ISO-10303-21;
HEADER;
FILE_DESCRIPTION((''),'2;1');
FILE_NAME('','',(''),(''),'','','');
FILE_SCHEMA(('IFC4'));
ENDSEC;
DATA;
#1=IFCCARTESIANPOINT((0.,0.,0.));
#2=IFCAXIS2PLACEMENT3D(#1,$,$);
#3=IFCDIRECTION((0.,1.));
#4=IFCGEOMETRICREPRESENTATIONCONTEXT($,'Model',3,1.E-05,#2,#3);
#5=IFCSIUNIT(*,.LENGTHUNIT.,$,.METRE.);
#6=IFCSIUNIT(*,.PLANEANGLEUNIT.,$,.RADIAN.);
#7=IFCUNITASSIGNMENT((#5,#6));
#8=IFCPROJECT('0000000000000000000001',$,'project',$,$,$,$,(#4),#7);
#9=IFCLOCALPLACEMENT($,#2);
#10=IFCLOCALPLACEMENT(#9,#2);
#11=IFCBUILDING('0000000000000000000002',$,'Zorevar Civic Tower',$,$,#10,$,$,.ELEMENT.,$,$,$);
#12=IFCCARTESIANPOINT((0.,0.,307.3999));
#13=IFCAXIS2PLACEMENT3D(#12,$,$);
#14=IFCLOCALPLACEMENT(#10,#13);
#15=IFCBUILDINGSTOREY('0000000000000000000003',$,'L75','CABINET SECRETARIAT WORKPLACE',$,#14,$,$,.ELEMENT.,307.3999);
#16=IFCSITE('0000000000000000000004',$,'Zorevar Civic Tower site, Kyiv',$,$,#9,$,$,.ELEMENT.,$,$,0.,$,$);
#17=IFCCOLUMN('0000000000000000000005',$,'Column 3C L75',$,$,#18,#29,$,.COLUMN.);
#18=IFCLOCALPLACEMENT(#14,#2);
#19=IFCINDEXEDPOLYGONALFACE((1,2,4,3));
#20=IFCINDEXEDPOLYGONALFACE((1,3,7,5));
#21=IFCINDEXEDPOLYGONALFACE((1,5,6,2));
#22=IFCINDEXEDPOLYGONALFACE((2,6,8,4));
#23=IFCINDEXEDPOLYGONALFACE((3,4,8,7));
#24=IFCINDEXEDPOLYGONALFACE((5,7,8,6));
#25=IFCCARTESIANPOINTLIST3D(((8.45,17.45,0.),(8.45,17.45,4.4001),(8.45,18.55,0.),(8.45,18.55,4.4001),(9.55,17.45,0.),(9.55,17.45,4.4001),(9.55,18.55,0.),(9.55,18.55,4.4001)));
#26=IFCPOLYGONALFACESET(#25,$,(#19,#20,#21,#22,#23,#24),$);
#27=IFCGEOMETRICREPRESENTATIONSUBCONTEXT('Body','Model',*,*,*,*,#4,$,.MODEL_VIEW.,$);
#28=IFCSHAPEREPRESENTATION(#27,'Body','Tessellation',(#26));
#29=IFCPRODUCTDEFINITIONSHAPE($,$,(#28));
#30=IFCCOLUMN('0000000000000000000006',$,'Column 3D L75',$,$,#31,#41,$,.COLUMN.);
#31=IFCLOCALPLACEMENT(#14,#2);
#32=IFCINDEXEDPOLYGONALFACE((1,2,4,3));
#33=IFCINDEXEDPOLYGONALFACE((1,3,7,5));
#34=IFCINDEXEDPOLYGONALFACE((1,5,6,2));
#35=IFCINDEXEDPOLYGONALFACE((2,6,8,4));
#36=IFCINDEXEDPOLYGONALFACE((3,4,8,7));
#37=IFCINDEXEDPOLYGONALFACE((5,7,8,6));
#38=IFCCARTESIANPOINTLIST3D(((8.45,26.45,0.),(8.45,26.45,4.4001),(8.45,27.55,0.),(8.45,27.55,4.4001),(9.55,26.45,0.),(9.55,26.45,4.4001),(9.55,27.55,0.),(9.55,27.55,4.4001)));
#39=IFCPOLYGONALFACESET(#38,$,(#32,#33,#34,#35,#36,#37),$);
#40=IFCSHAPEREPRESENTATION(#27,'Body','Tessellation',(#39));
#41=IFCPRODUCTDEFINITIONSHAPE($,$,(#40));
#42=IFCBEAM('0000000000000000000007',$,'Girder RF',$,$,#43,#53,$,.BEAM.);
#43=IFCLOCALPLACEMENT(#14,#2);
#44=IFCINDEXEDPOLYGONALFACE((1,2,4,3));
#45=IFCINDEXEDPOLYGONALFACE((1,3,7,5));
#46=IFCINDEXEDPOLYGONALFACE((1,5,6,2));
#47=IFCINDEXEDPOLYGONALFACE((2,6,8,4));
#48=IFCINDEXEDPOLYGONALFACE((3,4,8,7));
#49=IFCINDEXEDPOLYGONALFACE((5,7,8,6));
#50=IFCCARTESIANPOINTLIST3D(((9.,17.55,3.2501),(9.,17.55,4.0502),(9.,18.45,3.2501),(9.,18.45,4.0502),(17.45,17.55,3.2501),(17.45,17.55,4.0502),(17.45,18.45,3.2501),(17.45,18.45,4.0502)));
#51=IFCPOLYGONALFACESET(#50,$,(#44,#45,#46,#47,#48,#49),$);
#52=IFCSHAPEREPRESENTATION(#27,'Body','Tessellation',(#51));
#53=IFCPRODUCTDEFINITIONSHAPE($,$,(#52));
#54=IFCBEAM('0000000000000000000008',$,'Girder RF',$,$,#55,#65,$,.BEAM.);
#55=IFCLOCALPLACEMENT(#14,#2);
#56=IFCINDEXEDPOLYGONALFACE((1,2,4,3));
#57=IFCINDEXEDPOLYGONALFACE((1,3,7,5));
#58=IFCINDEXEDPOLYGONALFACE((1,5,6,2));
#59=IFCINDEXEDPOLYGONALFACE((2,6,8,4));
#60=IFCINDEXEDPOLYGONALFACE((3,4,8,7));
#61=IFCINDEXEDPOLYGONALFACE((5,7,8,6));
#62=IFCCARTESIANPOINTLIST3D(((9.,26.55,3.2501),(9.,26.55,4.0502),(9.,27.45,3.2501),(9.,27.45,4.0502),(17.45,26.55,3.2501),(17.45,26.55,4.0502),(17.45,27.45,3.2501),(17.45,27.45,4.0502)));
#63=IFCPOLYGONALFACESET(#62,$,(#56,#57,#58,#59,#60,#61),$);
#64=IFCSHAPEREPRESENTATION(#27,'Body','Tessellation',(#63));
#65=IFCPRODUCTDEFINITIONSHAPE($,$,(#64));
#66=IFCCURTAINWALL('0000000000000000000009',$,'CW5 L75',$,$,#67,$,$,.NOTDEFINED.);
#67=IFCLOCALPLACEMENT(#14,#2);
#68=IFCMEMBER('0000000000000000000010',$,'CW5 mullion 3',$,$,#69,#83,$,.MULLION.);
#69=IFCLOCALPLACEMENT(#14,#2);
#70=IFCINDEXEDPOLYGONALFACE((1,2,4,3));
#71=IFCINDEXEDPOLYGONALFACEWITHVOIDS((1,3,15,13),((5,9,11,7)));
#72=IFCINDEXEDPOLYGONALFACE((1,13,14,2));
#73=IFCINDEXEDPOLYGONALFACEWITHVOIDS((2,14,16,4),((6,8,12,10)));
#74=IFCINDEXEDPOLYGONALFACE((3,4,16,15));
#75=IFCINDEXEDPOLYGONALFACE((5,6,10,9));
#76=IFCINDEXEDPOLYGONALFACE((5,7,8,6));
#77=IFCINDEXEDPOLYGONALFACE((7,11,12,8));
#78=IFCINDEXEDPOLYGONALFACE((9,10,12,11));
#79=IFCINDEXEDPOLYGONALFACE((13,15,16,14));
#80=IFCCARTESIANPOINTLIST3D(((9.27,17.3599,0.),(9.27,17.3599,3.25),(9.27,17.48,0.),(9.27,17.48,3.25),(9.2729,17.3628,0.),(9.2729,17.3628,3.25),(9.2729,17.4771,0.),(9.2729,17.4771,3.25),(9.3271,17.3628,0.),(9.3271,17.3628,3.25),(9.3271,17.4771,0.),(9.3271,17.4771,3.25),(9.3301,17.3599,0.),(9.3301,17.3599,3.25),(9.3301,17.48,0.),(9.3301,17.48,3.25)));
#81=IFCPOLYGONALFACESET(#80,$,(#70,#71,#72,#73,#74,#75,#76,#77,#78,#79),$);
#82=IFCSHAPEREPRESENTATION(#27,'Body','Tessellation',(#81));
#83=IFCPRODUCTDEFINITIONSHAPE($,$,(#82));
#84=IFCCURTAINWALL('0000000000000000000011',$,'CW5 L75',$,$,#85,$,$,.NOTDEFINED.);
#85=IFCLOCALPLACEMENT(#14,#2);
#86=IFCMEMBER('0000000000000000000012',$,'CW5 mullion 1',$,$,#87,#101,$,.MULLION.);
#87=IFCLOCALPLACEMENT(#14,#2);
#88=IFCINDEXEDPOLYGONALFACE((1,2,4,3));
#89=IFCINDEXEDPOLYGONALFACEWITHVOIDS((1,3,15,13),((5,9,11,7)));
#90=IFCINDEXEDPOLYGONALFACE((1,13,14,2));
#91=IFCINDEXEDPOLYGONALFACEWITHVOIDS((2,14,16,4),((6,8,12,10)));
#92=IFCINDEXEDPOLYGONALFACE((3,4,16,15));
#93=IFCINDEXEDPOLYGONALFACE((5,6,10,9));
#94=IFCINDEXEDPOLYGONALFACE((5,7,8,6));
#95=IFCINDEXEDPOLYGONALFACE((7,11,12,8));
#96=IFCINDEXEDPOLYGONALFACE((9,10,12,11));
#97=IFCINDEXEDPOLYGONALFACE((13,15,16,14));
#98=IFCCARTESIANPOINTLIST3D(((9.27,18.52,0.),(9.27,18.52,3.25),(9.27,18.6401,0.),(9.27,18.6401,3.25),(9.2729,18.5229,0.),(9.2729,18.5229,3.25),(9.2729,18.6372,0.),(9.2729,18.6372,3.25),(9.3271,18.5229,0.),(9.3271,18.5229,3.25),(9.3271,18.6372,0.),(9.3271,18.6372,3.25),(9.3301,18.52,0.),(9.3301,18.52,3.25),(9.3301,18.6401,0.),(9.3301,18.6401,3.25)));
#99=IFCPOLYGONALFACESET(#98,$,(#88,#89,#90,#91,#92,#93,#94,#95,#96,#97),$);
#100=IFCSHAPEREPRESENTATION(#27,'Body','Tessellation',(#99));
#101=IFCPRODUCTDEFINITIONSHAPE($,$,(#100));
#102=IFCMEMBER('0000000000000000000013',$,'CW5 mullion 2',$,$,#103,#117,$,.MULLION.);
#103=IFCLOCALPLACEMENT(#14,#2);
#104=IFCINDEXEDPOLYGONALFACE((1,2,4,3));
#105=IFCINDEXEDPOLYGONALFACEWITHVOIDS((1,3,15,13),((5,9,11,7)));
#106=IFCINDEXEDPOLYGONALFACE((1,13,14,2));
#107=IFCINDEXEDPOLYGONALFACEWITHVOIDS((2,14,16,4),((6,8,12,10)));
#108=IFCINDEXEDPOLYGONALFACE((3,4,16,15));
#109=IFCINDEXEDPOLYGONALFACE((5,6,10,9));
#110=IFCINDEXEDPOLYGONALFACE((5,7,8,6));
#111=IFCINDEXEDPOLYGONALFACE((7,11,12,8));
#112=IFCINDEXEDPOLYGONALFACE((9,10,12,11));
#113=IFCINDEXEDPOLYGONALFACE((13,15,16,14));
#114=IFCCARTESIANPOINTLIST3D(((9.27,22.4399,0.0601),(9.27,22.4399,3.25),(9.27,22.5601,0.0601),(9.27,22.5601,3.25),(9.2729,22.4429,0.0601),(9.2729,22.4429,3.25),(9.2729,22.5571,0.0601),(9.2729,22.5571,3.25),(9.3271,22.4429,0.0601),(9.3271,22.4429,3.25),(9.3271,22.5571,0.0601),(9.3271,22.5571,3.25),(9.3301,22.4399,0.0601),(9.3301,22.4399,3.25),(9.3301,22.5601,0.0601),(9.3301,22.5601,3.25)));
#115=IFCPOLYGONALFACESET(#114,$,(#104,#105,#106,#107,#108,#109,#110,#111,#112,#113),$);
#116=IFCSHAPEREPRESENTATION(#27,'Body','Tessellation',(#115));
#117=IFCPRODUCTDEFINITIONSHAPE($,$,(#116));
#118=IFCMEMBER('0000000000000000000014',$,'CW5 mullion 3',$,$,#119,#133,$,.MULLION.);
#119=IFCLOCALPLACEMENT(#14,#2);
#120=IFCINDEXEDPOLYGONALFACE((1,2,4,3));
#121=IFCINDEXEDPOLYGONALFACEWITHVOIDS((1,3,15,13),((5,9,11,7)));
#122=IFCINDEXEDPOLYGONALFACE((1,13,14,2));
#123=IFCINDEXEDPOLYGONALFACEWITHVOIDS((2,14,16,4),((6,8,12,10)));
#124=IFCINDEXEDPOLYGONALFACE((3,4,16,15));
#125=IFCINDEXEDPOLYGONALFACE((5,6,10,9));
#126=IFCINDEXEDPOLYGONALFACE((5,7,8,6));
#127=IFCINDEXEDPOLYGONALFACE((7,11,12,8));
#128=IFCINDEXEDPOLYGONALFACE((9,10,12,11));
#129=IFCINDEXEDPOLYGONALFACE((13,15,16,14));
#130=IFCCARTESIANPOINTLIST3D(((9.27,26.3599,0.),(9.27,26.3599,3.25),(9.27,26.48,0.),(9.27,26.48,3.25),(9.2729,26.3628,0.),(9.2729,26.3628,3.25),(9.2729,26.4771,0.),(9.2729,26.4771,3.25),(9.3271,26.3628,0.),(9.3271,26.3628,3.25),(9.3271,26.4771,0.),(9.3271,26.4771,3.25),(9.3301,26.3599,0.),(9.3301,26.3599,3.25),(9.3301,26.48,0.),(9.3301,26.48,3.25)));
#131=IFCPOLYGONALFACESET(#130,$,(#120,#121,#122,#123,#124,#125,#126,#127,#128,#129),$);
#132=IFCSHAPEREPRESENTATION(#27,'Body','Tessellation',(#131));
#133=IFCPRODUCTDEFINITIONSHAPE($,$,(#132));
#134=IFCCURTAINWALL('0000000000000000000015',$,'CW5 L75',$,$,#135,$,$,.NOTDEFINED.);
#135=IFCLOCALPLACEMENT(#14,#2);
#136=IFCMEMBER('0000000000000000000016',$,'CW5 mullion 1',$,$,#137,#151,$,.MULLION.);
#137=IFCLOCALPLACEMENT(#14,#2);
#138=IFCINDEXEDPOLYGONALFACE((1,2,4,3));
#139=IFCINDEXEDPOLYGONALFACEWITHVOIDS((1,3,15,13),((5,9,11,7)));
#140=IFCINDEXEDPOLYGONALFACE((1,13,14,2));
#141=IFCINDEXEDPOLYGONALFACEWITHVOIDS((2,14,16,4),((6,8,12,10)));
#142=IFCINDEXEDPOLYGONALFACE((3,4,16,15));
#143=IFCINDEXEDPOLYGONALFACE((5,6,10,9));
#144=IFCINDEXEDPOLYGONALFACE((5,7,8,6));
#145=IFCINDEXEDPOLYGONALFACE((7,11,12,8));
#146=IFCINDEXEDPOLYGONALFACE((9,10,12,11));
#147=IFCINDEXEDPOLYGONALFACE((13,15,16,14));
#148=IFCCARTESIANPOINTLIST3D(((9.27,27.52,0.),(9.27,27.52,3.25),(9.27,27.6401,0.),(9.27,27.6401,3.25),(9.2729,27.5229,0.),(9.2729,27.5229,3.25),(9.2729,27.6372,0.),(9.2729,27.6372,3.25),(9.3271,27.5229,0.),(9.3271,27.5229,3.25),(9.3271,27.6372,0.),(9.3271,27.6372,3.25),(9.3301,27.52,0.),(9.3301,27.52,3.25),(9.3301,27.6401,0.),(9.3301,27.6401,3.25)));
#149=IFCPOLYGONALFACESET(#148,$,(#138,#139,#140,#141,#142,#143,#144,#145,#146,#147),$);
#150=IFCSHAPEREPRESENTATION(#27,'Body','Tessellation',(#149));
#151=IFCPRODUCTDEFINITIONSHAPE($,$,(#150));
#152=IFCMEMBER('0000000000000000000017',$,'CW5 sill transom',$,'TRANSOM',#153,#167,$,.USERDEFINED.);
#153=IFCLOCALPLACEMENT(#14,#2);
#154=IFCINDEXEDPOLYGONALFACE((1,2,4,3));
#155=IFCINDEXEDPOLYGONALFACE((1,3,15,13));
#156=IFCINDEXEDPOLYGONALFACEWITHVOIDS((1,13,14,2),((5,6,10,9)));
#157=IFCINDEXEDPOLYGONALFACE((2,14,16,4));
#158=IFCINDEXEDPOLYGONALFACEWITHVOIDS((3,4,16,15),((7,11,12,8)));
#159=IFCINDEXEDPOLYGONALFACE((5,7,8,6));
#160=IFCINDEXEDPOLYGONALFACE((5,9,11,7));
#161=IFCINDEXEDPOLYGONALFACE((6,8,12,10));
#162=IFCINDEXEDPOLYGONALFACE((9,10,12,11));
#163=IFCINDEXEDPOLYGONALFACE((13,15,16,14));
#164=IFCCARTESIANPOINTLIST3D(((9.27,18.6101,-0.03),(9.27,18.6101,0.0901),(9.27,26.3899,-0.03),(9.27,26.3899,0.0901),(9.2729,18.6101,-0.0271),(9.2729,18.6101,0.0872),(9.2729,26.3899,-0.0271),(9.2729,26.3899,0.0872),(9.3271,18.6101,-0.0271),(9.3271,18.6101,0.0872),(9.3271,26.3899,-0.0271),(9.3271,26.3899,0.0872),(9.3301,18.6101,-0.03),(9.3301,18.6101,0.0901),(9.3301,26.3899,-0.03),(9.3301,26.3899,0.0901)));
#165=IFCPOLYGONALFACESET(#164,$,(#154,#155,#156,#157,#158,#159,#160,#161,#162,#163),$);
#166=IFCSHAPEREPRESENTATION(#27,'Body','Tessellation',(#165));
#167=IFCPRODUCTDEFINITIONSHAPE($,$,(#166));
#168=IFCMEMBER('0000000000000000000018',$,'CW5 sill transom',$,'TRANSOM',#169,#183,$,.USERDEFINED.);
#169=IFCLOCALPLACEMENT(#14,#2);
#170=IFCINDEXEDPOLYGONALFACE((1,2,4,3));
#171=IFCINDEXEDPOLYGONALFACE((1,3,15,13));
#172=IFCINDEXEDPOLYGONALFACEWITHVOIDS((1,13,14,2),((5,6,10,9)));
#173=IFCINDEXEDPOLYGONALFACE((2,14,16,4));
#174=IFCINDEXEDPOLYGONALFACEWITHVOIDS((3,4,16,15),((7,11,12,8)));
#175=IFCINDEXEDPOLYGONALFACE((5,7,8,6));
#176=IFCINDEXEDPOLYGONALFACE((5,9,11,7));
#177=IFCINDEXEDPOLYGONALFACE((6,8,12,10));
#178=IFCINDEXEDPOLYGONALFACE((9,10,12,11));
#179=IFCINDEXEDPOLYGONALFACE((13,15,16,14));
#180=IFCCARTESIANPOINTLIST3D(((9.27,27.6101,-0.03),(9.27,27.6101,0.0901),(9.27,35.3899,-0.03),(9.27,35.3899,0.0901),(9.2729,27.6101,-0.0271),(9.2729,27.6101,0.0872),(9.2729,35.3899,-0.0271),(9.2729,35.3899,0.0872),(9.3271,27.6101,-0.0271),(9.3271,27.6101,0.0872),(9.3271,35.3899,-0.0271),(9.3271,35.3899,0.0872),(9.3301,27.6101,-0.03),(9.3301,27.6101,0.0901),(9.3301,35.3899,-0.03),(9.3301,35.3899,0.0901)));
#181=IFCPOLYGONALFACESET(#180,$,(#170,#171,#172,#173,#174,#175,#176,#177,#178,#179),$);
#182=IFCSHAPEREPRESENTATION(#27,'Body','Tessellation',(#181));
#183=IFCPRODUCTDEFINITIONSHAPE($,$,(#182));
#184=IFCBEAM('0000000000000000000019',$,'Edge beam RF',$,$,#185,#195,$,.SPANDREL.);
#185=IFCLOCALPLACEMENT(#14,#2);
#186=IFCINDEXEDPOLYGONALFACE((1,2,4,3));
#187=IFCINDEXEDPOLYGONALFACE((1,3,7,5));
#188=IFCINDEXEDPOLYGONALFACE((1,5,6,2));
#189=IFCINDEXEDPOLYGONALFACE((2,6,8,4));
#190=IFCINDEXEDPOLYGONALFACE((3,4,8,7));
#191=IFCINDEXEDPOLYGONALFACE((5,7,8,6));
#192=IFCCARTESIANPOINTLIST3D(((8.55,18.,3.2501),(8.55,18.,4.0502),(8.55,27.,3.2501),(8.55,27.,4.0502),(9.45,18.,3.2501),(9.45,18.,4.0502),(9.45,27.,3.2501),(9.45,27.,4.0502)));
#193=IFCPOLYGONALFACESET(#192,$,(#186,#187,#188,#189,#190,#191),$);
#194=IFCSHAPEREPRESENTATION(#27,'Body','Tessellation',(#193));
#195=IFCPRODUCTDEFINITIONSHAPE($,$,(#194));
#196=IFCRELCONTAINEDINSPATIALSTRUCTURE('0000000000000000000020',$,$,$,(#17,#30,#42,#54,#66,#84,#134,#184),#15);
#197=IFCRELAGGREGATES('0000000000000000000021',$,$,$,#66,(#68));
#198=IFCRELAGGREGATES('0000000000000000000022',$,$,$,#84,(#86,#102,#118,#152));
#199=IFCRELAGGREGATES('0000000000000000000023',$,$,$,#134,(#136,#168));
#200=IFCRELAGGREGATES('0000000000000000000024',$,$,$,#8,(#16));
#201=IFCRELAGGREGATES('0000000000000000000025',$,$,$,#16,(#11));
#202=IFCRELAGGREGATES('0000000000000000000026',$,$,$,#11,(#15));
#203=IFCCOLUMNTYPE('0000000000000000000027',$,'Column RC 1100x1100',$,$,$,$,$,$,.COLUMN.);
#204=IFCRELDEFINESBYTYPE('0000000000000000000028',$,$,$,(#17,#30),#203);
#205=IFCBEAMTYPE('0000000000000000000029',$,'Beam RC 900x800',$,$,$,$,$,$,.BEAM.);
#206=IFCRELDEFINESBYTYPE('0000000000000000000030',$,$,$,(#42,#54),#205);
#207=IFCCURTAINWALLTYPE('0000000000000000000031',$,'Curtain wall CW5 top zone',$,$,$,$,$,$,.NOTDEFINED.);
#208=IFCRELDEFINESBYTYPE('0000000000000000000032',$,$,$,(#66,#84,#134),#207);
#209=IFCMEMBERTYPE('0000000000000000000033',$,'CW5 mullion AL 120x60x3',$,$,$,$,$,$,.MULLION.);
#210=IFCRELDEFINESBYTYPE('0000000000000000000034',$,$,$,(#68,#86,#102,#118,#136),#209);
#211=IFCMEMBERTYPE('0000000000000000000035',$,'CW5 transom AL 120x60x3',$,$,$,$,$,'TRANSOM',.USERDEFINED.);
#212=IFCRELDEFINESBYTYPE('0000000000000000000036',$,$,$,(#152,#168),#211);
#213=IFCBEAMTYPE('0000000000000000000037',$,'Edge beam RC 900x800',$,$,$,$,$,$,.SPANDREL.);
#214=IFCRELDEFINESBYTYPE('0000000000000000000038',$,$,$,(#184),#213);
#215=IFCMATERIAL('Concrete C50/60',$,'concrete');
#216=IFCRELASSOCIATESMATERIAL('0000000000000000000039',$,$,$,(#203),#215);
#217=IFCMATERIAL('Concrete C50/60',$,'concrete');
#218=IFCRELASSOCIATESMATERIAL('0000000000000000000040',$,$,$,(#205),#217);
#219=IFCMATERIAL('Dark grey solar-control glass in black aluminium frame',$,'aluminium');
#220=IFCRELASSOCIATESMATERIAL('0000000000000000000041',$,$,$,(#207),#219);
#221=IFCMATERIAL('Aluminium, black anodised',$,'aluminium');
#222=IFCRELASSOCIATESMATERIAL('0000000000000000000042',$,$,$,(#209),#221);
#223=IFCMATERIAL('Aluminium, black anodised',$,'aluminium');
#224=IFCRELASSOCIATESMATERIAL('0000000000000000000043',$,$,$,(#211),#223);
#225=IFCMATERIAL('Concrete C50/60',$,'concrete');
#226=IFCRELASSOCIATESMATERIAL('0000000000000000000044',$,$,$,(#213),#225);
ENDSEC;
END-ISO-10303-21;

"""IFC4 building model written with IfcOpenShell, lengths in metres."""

from ifc_helpers import new_model, si_unit, direction, frame, origin, origin_2d, place, context, subcontext, project, spatial, rectangle, hollow_rectangle, extrude, material, material_profile, profile_set, type_object, element, aggregate, save


model = new_model("IFC4")

# Units and contexts
model_context = context("Model", 3, precision=1e-05, world=origin(), true_north=direction((0.0, 1.0)))
body_context = subcontext(model_context, "Body", "Model", "MODEL_VIEW")
ifc_project = project(units=[si_unit("LENGTHUNIT", "METRE"), si_unit("PLANEANGLEUNIT", "RADIAN")], contexts=[model_context])

# Site, building, storey
site_placement = place(None, origin())
site = spatial("IfcSite", under=ifc_project, at=site_placement, Name="Zorevar Civic Tower site, Kyiv", CompositionType="ELEMENT", RefElevation=0.0)
building_placement = place(site_placement, origin())
building = spatial("IfcBuilding", under=site, at=building_placement, Name="Zorevar Civic Tower", CompositionType="ELEMENT")
storey_placement = place(building_placement, frame((0.0, 0.0, 307.3999)))
storey = spatial("IfcBuildingStorey", under=building, at=storey_placement, Name="L75", Description="CABINET SECRETARIAT WORKPLACE", CompositionType="ELEMENT", Elevation=307.3999)

# Columns
ifc_material_1 = material(Name="Concrete C50/60", Category="concrete")
ifc_material_profile_1 = material_profile(ifc_material_1, rectangle(XDim=1.1001, YDim=1.1001, at=origin_2d()), Name="RC 1100x1100")
ifc_profile_set_1 = profile_set([ifc_material_profile_1], Name="Concrete C50/60")
column_type = type_object("IfcColumnType", Name="Column RC 1100x1100", PredefinedType="COLUMN", material=ifc_profile_set_1)
for number, where, z_axis, x_axis, name in (
    (1, (9.0, 18.0, 0.0), (0.0, 0.0, 1.0), (1.0, 0.0, 0.0), "Column 3C L75"),
    (2, (9.0, 27.0, 0.0), (0.0, 0.0, 1.0), (1.0, 0.0, 0.0), "Column 3D L75"),
):
    element("IfcColumn", number, at=place(storey_placement, frame(where, z_axis=z_axis, x_axis=x_axis)), inside=storey, type_object=column_type, Name=name, PredefinedType="COLUMN", context=body_context, shape_type="SweptSolid", body=[
        extrude(rectangle(XDim=1.1001, YDim=1.1001, at=origin_2d()), origin(), (0.0, 0.0, 1.0), 4.4001),
    ])

# Beams
ifc_material_2 = material(Name="Concrete C50/60", Category="concrete")
ifc_material_profile_2 = material_profile(ifc_material_2, rectangle(XDim=0.8999, YDim=0.8, at=origin_2d()), Name="RC 900x800")
ifc_profile_set_2 = profile_set([ifc_material_profile_2], Name="Concrete C50/60")
beam_type_1 = type_object("IfcBeamType", Name="Beam RC 900x800", PredefinedType="BEAM", material=ifc_profile_set_2)
for number, where, z_axis, x_axis, name in (
    (3, (9.0, 18.0, 3.6501), (1.0, 0.0, 0.0), (0.0, 1.0, 0.0), "Girder RF"),
    (4, (9.0, 27.0, 3.6501), (1.0, 0.0, 0.0), (0.0, 1.0, 0.0), "Girder RF"),
):
    element("IfcBeam", number, at=place(storey_placement, frame(where, z_axis=z_axis, x_axis=x_axis)), inside=storey, type_object=beam_type_1, Name=name, PredefinedType="BEAM", context=body_context, shape_type="SweptSolid", body=[
        extrude(rectangle(XDim=0.8999, YDim=0.8, at=origin_2d()), origin(), (0.0, 0.0, 1.0), 8.45),
    ])

# Curtain wall, member
ifc_material_3 = material(Name="Dark grey solar-control glass in black aluminium frame", Category="aluminium")
curtain_wall_type = type_object("IfcCurtainWallType", Name="Curtain wall CW5 top zone", PredefinedType="NOTDEFINED", material=ifc_material_3)
curtain_wall_1_placement = place(storey_placement, origin())
curtain_wall_1 = element("IfcCurtainWall", 5, at=curtain_wall_1_placement, inside=storey, type_object=curtain_wall_type, Name="CW5 L75", PredefinedType="NOTDEFINED")
ifc_material_4 = material(Name="Aluminium, black anodised", Category="aluminium")
ifc_material_profile_3 = material_profile(ifc_material_4, hollow_rectangle(XDim=0.0601, YDim=0.1201, WallThickness=0.0029, at=origin_2d()), Name="AL 120x60x3")
ifc_profile_set_3 = profile_set([ifc_material_profile_3], Name="Aluminium, black anodised")
member_type_1 = type_object("IfcMemberType", Name="CW5 mullion AL 120x60x3", PredefinedType="MULLION", material=ifc_profile_set_3)
member_1_placement = place(storey_placement, frame((9.3, 17.4199, 0.0), z_axis=(0.0, 0.0, 1.0), x_axis=(-1.0, 0.0, 0.0)))
member_1 = element("IfcMember", 6, at=member_1_placement, type_object=member_type_1, Name="CW5 mullion 3", PredefinedType="MULLION", context=body_context, shape_type="SweptSolid", body=[
    extrude(hollow_rectangle(XDim=0.0601, YDim=0.1201, WallThickness=0.0029, at=origin_2d()), origin(), (0.0, 0.0, 1.0), 3.25),
])

# Curtain wall, members
curtain_wall_2_placement = place(storey_placement, origin())
curtain_wall_2 = element("IfcCurtainWall", 7, at=curtain_wall_2_placement, inside=storey, type_object=curtain_wall_type, Name="CW5 L75", PredefinedType="NOTDEFINED")
member_2_placement = place(storey_placement, frame((9.3, 18.5801, 0.0), z_axis=(0.0, 0.0, 1.0), x_axis=(-1.0, 0.0, 0.0)))
member_2 = element("IfcMember", 8, at=member_2_placement, type_object=member_type_1, Name="CW5 mullion 1", PredefinedType="MULLION", context=body_context, shape_type="SweptSolid", body=[
    extrude(hollow_rectangle(XDim=0.0601, YDim=0.1201, WallThickness=0.0029, at=origin_2d()), origin(), (0.0, 0.0, 1.0), 3.25),
])
member_3_placement = place(storey_placement, frame((9.3, 22.5, 0.0601), z_axis=(0.0, 0.0, 1.0), x_axis=(-1.0, 0.0, 0.0)))
member_3 = element("IfcMember", 9, at=member_3_placement, type_object=member_type_1, Name="CW5 mullion 2", PredefinedType="MULLION", context=body_context, shape_type="SweptSolid", body=[
    extrude(hollow_rectangle(XDim=0.0601, YDim=0.1201, WallThickness=0.0029, at=origin_2d()), origin(), (0.0, 0.0, 1.0), 3.1899),
])
member_4_placement = place(storey_placement, frame((9.3, 26.4199, 0.0), z_axis=(0.0, 0.0, 1.0), x_axis=(-1.0, 0.0, 0.0)))
member_4 = element("IfcMember", 10, at=member_4_placement, type_object=member_type_1, Name="CW5 mullion 3", PredefinedType="MULLION", context=body_context, shape_type="SweptSolid", body=[
    extrude(hollow_rectangle(XDim=0.0601, YDim=0.1201, WallThickness=0.0029, at=origin_2d()), origin(), (0.0, 0.0, 1.0), 3.25),
])

# Curtain wall, member
curtain_wall_3_placement = place(storey_placement, origin())
curtain_wall_3 = element("IfcCurtainWall", 11, at=curtain_wall_3_placement, inside=storey, type_object=curtain_wall_type, Name="CW5 L75", PredefinedType="NOTDEFINED")
member_5_placement = place(storey_placement, frame((9.3, 27.5801, 0.0), z_axis=(0.0, 0.0, 1.0), x_axis=(-1.0, 0.0, 0.0)))
member_5 = element("IfcMember", 12, at=member_5_placement, type_object=member_type_1, Name="CW5 mullion 1", PredefinedType="MULLION", context=body_context, shape_type="SweptSolid", body=[
    extrude(hollow_rectangle(XDim=0.0601, YDim=0.1201, WallThickness=0.0029, at=origin_2d()), origin(), (0.0, 0.0, 1.0), 3.25),
])

# Members
ifc_material_5 = material(Name="Aluminium, black anodised", Category="aluminium")
ifc_material_profile_4 = material_profile(ifc_material_5, hollow_rectangle(XDim=0.0601, YDim=0.1201, WallThickness=0.0029, at=origin_2d()), Name="AL 120x60x3")
ifc_profile_set_4 = profile_set([ifc_material_profile_4], Name="Aluminium, black anodised")
member_type_2 = type_object("IfcMemberType", Name="CW5 transom AL 120x60x3", ElementType="TRANSOM", PredefinedType="USERDEFINED", material=ifc_profile_set_4)
member_6_placement = place(storey_placement, frame((9.3, 18.6101, 0.03), z_axis=(0.0, 1.0, 0.0), x_axis=(-1.0, 0.0, 0.0)))
member_6 = element("IfcMember", 13, at=member_6_placement, type_object=member_type_2, Name="CW5 sill transom", ObjectType="TRANSOM", PredefinedType="USERDEFINED", context=body_context, shape_type="SweptSolid", body=[
    extrude(hollow_rectangle(XDim=0.0601, YDim=0.1201, WallThickness=0.0029, at=origin_2d()), origin(), (0.0, 0.0, 1.0), 7.7798),
])
member_7_placement = place(storey_placement, frame((9.3, 27.6101, 0.03), z_axis=(0.0, 1.0, 0.0), x_axis=(-1.0, 0.0, 0.0)))
member_7 = element("IfcMember", 14, at=member_7_placement, type_object=member_type_2, Name="CW5 sill transom", ObjectType="TRANSOM", PredefinedType="USERDEFINED", context=body_context, shape_type="SweptSolid", body=[
    extrude(hollow_rectangle(XDim=0.0601, YDim=0.1201, WallThickness=0.0029, at=origin_2d()), origin(), (0.0, 0.0, 1.0), 7.7798),
])

# Beam
ifc_material_6 = material(Name="Concrete C50/60", Category="concrete")
ifc_material_profile_5 = material_profile(ifc_material_6, rectangle(XDim=0.8999, YDim=0.8, at=origin_2d()), Name="RC 900x800")
ifc_profile_set_5 = profile_set([ifc_material_profile_5], Name="Concrete C50/60")
beam_type_2 = type_object("IfcBeamType", Name="Edge beam RC 900x800", PredefinedType="SPANDREL", material=ifc_profile_set_5)
for number, where, z_axis, x_axis, name in (
    (15, (9.0, 18.0, 3.6501), (0.0, 1.0, 0.0), (-1.0, 0.0, 0.0), "Edge beam RF"),
):
    element("IfcBeam", number, at=place(storey_placement, frame(where, z_axis=z_axis, x_axis=x_axis)), inside=storey, type_object=beam_type_2, Name=name, PredefinedType="SPANDREL", context=body_context, shape_type="SweptSolid", body=[
        extrude(rectangle(XDim=0.8999, YDim=0.8, at=origin_2d()), origin(), (0.0, 0.0, 1.0), 9.0),
    ])

aggregate(curtain_wall_1, [member_1])
aggregate(curtain_wall_2, [member_2, member_3, member_4, member_6])
aggregate(curtain_wall_3, [member_5, member_7])

save(model, "model.ifc")
